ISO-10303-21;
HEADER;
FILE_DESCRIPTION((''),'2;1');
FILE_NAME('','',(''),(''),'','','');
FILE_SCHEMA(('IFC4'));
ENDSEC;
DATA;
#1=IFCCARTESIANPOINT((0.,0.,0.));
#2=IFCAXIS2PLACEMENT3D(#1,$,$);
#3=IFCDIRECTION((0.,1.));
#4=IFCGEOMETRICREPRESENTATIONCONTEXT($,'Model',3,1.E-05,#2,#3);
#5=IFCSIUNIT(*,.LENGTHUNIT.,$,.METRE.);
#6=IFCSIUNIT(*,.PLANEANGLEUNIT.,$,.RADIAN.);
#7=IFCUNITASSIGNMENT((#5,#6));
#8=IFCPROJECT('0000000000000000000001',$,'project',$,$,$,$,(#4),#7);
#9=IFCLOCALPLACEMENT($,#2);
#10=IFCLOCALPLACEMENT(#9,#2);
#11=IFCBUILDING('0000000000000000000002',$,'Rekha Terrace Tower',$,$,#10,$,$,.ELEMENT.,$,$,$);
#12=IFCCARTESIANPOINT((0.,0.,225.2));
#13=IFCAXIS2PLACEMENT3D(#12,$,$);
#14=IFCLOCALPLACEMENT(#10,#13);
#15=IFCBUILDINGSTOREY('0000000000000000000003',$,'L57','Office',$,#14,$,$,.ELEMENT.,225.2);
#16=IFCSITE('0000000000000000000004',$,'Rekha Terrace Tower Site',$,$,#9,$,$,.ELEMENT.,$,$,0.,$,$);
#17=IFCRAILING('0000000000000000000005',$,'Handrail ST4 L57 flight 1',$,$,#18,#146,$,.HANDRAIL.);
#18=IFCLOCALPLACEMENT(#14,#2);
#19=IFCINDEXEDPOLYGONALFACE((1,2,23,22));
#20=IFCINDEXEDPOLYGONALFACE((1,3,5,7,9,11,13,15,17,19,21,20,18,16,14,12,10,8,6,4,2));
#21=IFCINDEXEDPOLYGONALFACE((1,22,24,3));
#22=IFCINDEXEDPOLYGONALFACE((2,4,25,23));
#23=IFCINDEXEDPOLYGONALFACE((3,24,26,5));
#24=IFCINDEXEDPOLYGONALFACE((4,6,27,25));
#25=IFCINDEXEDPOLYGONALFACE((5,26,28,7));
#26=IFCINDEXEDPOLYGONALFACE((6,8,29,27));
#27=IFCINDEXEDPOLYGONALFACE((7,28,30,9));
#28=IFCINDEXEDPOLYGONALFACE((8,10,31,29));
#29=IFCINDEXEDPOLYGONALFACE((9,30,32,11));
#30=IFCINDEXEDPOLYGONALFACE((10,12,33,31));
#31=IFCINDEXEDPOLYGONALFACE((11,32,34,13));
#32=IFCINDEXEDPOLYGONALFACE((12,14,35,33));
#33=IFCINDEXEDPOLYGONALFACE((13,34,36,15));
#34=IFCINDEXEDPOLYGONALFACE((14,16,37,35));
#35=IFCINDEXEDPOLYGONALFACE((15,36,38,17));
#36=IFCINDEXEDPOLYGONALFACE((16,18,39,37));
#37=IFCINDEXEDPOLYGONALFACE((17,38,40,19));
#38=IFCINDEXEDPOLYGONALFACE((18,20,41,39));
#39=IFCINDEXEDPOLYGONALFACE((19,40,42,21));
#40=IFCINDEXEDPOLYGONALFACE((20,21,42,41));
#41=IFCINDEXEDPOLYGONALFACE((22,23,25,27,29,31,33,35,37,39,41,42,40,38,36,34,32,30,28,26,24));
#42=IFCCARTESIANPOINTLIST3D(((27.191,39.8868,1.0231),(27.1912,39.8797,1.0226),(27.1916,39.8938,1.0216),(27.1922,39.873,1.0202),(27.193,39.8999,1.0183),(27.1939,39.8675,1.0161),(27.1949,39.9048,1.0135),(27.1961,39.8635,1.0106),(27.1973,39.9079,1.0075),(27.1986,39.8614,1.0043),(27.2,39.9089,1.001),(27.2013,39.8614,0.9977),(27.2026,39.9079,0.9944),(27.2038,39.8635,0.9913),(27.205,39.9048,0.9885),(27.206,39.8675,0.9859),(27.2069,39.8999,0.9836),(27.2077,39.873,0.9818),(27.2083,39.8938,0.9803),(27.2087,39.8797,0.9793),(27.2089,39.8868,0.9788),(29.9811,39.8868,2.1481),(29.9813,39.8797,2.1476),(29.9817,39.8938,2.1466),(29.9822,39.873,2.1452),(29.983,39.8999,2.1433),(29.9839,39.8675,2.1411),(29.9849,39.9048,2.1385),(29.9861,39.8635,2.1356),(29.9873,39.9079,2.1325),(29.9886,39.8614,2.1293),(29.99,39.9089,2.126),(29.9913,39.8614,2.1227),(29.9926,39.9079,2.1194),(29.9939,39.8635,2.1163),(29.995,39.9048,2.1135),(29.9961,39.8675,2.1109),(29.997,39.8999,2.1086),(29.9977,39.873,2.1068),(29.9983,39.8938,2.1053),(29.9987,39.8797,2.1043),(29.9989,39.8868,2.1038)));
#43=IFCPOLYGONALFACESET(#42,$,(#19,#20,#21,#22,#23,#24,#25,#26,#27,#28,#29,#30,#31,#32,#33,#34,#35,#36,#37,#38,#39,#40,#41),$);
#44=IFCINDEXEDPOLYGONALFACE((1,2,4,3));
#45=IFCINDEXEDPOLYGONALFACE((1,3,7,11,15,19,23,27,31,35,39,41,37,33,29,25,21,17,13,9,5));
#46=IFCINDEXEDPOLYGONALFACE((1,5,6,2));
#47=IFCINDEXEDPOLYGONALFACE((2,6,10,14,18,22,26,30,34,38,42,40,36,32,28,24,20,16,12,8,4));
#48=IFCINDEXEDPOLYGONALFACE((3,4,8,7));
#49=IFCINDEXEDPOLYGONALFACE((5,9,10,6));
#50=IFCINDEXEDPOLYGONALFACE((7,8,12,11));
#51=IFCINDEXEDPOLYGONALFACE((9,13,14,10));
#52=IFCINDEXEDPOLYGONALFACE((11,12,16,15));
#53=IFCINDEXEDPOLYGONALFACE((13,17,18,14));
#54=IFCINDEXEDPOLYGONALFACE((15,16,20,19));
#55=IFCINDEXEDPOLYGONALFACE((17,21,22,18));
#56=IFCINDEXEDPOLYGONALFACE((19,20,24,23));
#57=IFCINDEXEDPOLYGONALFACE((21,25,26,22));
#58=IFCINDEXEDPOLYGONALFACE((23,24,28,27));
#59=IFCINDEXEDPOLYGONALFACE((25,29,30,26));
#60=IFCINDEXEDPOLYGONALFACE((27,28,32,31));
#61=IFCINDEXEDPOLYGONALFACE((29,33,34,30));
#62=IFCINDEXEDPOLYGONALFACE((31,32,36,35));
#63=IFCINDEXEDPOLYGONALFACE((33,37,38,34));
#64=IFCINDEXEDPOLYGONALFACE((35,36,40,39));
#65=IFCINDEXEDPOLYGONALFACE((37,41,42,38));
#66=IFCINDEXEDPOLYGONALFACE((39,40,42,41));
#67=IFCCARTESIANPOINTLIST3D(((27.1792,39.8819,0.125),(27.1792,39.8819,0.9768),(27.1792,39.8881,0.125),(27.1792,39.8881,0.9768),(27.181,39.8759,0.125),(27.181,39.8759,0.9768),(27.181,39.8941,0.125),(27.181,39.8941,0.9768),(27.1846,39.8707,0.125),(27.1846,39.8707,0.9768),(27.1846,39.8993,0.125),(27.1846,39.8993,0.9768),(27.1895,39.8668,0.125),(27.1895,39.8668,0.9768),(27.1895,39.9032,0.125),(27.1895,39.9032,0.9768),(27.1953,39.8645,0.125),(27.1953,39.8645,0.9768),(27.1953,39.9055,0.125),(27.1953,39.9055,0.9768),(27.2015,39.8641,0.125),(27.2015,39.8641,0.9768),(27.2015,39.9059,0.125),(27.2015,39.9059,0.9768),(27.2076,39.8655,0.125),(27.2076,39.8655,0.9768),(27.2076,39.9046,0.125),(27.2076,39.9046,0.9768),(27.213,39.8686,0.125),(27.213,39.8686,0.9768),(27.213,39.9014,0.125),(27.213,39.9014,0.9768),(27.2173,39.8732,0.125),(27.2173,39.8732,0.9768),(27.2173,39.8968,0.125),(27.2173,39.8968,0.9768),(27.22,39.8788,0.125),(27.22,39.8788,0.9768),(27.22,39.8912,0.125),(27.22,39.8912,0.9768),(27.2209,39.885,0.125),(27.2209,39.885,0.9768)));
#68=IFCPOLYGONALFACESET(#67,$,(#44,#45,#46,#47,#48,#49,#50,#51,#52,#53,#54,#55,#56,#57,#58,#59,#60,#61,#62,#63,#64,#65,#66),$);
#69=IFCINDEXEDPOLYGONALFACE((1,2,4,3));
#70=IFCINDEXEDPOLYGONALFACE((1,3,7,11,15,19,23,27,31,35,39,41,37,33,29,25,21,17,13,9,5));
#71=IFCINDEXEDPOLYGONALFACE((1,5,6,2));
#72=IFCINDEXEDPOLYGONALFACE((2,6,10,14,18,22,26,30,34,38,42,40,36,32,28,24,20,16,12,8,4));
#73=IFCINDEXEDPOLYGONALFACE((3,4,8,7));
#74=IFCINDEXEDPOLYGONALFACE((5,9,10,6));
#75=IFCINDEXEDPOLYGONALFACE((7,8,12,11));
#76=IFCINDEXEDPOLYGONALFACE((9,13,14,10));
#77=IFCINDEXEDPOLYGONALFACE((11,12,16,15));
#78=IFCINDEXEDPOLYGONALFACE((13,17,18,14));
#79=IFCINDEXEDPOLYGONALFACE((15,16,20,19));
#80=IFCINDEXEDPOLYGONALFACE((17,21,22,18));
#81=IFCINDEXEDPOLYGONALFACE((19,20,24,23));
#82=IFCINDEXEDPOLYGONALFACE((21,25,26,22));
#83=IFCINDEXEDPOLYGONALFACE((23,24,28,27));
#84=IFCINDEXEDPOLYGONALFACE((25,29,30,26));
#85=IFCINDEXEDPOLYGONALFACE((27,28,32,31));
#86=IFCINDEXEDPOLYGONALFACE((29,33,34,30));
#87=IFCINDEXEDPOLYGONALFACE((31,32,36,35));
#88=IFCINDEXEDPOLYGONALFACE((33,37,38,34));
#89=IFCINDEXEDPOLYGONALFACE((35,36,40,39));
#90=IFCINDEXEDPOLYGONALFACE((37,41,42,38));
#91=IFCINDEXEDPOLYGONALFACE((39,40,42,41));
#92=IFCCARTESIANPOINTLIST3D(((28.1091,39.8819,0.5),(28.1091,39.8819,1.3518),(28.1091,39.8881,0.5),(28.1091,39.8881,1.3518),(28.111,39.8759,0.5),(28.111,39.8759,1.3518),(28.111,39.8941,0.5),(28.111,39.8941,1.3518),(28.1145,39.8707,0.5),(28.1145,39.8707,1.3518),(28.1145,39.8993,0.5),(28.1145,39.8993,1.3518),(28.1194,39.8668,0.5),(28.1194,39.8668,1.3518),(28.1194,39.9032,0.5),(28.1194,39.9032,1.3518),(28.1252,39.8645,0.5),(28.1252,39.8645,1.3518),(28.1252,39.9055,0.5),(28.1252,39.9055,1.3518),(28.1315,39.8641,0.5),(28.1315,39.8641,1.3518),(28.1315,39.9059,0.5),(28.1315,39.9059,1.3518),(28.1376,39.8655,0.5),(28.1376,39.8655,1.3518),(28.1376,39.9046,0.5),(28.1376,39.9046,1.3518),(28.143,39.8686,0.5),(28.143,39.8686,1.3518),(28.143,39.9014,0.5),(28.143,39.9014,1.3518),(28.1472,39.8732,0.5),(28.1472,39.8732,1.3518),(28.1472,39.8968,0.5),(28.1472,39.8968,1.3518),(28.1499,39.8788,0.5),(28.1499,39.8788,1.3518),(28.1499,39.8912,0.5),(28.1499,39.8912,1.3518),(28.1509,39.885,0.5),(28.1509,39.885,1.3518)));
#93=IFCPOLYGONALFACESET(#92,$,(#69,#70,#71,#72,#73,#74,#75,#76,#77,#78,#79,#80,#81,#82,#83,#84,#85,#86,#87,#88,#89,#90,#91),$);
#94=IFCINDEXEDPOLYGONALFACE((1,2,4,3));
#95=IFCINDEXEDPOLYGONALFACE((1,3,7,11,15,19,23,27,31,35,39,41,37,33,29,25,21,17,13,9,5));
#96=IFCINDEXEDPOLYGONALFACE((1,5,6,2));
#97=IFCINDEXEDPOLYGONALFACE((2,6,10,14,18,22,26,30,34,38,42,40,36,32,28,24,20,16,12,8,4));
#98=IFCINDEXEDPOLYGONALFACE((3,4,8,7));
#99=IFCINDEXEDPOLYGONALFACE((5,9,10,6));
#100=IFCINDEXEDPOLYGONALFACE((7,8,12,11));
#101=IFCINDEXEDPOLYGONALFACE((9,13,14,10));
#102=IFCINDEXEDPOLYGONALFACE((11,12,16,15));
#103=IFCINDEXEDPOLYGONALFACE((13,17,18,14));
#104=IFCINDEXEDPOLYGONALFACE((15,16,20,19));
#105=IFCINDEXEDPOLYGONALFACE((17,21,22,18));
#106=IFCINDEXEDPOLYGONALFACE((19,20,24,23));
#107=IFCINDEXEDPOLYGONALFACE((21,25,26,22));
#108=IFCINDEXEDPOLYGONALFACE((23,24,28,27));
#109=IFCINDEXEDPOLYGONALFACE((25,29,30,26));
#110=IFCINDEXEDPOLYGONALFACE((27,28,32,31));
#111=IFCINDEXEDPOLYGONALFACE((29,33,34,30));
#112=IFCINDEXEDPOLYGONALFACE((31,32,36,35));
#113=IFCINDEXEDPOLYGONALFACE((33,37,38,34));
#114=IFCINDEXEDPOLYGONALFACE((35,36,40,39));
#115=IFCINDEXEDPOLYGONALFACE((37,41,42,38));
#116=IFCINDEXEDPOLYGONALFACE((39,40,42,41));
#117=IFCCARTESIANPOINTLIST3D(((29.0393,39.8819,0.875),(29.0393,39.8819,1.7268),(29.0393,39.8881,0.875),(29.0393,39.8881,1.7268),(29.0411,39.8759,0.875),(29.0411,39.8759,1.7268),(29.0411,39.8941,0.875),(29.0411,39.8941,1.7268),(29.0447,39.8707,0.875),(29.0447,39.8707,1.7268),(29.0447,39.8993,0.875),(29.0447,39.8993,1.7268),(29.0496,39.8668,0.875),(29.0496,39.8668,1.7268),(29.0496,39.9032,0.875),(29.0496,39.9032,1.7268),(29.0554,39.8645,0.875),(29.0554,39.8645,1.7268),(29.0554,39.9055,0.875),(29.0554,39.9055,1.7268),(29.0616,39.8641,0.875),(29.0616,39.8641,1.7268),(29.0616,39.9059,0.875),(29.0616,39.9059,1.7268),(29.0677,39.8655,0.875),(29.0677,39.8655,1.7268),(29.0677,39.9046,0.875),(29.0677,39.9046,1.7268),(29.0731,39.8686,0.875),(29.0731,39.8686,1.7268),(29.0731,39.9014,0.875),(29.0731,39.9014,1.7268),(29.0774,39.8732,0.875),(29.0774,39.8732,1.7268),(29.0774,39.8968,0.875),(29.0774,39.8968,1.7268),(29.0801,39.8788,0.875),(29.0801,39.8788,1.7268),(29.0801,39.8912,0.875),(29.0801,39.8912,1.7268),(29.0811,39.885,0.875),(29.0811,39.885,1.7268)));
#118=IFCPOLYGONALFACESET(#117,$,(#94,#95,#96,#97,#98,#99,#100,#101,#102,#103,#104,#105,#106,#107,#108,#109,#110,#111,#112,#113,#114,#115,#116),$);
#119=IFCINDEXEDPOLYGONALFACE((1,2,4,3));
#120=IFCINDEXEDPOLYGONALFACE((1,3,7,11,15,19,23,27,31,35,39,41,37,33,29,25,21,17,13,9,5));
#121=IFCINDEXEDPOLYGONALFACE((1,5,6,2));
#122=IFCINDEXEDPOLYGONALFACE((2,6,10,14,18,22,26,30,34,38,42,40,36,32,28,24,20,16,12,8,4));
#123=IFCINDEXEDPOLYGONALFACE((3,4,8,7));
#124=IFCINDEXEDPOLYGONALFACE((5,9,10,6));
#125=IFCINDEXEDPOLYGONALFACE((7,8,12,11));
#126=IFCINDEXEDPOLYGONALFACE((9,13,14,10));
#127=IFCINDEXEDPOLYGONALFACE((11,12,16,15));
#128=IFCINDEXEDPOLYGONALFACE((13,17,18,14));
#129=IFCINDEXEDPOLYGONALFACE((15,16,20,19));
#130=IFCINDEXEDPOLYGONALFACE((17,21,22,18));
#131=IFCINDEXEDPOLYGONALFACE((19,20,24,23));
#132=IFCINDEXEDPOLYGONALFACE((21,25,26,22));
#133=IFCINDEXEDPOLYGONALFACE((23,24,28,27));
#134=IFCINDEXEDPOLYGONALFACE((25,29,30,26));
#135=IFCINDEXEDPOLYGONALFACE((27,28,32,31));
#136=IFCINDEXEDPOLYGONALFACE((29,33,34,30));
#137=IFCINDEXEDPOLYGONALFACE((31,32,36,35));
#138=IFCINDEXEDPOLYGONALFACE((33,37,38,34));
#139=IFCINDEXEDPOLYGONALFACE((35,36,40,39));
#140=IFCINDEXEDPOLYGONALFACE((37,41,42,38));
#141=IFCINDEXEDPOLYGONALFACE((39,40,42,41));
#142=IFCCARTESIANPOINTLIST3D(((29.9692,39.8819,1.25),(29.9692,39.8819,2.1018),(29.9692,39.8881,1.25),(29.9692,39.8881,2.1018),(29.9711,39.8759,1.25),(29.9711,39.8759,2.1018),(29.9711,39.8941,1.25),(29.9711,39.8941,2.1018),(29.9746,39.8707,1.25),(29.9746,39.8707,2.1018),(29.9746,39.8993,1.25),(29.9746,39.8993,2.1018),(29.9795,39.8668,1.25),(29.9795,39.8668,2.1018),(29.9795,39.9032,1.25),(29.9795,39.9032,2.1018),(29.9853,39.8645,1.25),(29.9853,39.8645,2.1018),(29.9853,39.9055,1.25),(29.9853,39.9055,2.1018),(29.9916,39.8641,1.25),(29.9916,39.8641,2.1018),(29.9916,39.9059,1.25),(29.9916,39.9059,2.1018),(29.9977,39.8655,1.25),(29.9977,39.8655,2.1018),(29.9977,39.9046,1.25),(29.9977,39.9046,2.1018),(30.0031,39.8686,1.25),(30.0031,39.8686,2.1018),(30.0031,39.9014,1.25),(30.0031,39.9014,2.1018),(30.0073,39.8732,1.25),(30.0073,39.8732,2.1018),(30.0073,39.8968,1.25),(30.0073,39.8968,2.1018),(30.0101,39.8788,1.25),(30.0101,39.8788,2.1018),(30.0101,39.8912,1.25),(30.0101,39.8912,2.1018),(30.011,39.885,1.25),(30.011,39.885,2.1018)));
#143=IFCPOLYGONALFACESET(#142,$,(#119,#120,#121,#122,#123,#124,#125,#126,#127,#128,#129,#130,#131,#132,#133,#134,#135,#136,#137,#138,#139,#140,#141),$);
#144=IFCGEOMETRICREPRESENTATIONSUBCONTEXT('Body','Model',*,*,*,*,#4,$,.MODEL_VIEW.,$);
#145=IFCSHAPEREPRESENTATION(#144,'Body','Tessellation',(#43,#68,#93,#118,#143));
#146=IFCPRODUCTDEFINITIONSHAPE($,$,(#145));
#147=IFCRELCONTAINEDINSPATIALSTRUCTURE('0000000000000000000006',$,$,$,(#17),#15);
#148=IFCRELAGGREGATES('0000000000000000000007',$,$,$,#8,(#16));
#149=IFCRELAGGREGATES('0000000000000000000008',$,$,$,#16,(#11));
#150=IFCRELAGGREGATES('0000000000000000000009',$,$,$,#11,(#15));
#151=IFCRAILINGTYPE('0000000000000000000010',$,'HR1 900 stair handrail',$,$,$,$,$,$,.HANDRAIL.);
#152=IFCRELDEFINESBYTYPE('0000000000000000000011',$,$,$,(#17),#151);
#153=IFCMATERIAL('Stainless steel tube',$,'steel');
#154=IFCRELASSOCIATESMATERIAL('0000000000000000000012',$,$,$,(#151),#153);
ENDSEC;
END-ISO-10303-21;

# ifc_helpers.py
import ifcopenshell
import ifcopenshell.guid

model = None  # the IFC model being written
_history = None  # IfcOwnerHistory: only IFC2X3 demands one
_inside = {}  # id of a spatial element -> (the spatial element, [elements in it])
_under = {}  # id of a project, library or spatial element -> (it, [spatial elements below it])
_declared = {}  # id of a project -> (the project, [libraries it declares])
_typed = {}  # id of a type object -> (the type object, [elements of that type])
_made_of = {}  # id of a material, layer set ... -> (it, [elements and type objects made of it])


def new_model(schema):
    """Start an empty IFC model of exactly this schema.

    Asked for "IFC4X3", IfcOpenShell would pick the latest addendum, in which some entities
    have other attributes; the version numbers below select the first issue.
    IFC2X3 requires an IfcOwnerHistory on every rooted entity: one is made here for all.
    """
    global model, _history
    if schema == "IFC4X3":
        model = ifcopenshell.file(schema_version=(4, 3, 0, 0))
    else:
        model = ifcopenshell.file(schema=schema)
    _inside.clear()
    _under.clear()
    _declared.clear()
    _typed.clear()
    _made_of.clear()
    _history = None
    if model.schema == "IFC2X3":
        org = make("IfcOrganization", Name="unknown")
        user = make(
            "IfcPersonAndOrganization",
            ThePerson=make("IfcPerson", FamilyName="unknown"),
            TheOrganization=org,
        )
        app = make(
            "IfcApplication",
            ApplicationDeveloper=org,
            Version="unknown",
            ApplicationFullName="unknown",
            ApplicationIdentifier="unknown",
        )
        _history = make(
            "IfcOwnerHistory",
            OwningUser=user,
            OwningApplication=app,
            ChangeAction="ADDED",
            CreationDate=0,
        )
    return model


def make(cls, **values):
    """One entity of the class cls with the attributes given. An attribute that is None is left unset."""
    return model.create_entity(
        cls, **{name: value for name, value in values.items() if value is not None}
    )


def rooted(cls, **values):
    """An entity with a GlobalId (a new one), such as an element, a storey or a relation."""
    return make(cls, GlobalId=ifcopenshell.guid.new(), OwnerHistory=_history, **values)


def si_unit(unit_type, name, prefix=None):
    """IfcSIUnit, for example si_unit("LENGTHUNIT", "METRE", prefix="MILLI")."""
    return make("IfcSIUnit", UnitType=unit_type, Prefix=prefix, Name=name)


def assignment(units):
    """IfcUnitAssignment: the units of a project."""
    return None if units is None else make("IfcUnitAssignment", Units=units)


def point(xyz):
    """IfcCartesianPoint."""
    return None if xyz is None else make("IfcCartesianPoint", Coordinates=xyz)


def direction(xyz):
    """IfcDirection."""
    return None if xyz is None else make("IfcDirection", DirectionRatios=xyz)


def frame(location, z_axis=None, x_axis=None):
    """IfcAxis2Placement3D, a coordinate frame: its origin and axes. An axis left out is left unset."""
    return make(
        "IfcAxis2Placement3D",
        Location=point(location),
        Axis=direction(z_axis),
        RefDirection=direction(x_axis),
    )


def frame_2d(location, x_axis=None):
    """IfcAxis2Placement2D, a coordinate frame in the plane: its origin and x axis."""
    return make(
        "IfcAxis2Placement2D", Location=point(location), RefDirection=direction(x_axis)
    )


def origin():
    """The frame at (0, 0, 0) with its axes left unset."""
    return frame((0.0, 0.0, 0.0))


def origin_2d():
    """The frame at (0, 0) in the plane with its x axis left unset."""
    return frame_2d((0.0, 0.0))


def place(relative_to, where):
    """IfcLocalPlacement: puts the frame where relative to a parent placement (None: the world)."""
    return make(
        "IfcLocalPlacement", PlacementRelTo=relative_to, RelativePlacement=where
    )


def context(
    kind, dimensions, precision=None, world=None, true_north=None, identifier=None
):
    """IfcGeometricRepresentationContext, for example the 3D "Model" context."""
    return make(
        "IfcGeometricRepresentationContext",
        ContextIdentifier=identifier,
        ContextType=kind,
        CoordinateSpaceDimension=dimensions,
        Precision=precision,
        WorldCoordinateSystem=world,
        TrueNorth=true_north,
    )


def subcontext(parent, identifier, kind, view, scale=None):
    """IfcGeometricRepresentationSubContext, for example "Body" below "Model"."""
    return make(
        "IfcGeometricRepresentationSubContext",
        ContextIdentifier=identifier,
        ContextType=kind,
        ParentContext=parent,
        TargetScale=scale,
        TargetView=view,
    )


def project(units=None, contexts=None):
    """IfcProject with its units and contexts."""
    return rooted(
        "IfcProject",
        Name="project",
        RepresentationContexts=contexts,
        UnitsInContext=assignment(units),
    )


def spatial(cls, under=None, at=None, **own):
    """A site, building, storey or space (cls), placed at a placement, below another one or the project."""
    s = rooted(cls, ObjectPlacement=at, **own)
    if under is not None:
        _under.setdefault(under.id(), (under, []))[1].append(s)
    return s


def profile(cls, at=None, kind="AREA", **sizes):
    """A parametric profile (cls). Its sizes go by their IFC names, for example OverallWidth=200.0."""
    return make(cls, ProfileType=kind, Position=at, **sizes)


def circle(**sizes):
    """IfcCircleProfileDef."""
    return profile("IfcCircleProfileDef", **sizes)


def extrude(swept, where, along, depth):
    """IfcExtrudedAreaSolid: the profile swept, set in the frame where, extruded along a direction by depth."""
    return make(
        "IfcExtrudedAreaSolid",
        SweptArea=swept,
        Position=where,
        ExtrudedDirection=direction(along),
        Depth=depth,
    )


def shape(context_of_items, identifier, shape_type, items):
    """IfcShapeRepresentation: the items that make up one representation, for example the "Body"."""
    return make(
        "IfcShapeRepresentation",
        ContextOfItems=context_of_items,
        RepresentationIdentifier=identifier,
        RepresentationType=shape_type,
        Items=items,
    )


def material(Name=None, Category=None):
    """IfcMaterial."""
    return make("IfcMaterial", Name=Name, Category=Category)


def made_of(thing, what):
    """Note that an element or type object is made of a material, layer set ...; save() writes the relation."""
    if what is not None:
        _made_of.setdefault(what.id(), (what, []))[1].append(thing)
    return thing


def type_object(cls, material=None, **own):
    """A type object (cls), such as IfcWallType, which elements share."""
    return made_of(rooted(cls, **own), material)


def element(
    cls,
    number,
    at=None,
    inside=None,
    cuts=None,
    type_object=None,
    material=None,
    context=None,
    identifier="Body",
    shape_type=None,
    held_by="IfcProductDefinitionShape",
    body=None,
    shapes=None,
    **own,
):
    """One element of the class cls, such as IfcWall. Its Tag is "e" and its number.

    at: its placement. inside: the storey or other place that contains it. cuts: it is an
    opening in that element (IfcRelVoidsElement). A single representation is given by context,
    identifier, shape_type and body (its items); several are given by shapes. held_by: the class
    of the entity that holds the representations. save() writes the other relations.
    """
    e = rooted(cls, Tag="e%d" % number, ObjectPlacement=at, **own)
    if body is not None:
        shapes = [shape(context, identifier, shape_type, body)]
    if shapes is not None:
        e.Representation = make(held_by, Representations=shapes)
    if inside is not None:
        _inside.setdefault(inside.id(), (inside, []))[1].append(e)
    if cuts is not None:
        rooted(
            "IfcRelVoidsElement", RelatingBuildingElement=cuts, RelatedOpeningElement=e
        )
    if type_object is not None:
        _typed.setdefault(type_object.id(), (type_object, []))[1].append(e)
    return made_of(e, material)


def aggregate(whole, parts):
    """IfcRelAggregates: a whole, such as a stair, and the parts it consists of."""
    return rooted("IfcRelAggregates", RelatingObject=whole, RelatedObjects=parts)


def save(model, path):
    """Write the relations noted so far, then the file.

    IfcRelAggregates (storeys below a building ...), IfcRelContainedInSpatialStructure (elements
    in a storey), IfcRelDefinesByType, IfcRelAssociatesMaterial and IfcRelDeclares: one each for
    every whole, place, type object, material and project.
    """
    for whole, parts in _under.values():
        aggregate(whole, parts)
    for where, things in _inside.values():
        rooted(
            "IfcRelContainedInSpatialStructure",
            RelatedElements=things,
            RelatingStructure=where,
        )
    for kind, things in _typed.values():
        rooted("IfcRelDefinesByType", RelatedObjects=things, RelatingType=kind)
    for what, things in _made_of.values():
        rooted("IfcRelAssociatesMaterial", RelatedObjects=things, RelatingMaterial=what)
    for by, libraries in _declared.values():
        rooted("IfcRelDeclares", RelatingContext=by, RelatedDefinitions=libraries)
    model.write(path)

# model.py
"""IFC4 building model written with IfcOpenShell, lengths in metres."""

from ifc_helpers import new_model, si_unit, direction, frame, origin, origin_2d, place, context, subcontext, project, spatial, circle, extrude, material, type_object, element, save


model = new_model("IFC4")

# Units and contexts
model_context = context("Model", 3, precision=1e-05, world=origin(), true_north=direction((0.0, 1.0)))
body_context = subcontext(model_context, "Body", "Model", "MODEL_VIEW")
ifc_project = project(units=[si_unit("LENGTHUNIT", "METRE"), si_unit("PLANEANGLEUNIT", "RADIAN")], contexts=[model_context])

# Site, building, storey
site_placement = place(None, origin())
site = spatial("IfcSite", under=ifc_project, at=site_placement, Name="Rekha Terrace Tower Site", CompositionType="ELEMENT", RefElevation=0.0)
building_placement = place(site_placement, origin())
building = spatial("IfcBuilding", under=site, at=building_placement, Name="Rekha Terrace Tower", CompositionType="ELEMENT")
storey_placement = place(building_placement, frame((0.0, 0.0, 225.2)))
storey = spatial("IfcBuildingStorey", under=building, at=storey_placement, Name="L57", Description="Office", CompositionType="ELEMENT", Elevation=225.2)

# Railing
ifc_material_1 = material(Name="Stainless steel tube", Category="steel")
railing_type_1 = type_object("IfcRailingType", Name="HR1 900 stair handrail", PredefinedType="HANDRAIL", material=ifc_material_1)
railing_1_placement = place(storey_placement, frame((27.2, 39.885, 0.125)))
element("IfcRailing", 1, at=railing_1_placement, inside=storey, type_object=railing_type_1, Name="Handrail ST4 L57 flight 1", PredefinedType="HANDRAIL", context=body_context, shape_type="SweptSolid", body=[
    extrude(circle(Radius=0.0239, at=origin_2d()), frame((0.0, 0.0, 0.876), z_axis=(0.927443, 0.0, 0.373964), x_axis=(0.0, 1.0, 0.0)), (0.0, 0.0, 1.0), 3.0083),
    extrude(circle(Radius=0.021, at=origin_2d()), origin(), (0.0, 0.0, 1.0), 0.8518),
    extrude(circle(Radius=0.021, at=origin_2d()), frame((0.9299, 0.0, 0.375)), (0.0, 0.0, 1.0), 0.8518),
    extrude(circle(Radius=0.021, at=origin_2d()), frame((1.8601, 0.0, 0.75)), (0.0, 0.0, 1.0), 0.8518),
    extrude(circle(Radius=0.021, at=origin_2d()), frame((2.79, 0.0, 1.125)), (0.0, 0.0, 1.0), 0.8518),
])

save(model, "model.ifc")
